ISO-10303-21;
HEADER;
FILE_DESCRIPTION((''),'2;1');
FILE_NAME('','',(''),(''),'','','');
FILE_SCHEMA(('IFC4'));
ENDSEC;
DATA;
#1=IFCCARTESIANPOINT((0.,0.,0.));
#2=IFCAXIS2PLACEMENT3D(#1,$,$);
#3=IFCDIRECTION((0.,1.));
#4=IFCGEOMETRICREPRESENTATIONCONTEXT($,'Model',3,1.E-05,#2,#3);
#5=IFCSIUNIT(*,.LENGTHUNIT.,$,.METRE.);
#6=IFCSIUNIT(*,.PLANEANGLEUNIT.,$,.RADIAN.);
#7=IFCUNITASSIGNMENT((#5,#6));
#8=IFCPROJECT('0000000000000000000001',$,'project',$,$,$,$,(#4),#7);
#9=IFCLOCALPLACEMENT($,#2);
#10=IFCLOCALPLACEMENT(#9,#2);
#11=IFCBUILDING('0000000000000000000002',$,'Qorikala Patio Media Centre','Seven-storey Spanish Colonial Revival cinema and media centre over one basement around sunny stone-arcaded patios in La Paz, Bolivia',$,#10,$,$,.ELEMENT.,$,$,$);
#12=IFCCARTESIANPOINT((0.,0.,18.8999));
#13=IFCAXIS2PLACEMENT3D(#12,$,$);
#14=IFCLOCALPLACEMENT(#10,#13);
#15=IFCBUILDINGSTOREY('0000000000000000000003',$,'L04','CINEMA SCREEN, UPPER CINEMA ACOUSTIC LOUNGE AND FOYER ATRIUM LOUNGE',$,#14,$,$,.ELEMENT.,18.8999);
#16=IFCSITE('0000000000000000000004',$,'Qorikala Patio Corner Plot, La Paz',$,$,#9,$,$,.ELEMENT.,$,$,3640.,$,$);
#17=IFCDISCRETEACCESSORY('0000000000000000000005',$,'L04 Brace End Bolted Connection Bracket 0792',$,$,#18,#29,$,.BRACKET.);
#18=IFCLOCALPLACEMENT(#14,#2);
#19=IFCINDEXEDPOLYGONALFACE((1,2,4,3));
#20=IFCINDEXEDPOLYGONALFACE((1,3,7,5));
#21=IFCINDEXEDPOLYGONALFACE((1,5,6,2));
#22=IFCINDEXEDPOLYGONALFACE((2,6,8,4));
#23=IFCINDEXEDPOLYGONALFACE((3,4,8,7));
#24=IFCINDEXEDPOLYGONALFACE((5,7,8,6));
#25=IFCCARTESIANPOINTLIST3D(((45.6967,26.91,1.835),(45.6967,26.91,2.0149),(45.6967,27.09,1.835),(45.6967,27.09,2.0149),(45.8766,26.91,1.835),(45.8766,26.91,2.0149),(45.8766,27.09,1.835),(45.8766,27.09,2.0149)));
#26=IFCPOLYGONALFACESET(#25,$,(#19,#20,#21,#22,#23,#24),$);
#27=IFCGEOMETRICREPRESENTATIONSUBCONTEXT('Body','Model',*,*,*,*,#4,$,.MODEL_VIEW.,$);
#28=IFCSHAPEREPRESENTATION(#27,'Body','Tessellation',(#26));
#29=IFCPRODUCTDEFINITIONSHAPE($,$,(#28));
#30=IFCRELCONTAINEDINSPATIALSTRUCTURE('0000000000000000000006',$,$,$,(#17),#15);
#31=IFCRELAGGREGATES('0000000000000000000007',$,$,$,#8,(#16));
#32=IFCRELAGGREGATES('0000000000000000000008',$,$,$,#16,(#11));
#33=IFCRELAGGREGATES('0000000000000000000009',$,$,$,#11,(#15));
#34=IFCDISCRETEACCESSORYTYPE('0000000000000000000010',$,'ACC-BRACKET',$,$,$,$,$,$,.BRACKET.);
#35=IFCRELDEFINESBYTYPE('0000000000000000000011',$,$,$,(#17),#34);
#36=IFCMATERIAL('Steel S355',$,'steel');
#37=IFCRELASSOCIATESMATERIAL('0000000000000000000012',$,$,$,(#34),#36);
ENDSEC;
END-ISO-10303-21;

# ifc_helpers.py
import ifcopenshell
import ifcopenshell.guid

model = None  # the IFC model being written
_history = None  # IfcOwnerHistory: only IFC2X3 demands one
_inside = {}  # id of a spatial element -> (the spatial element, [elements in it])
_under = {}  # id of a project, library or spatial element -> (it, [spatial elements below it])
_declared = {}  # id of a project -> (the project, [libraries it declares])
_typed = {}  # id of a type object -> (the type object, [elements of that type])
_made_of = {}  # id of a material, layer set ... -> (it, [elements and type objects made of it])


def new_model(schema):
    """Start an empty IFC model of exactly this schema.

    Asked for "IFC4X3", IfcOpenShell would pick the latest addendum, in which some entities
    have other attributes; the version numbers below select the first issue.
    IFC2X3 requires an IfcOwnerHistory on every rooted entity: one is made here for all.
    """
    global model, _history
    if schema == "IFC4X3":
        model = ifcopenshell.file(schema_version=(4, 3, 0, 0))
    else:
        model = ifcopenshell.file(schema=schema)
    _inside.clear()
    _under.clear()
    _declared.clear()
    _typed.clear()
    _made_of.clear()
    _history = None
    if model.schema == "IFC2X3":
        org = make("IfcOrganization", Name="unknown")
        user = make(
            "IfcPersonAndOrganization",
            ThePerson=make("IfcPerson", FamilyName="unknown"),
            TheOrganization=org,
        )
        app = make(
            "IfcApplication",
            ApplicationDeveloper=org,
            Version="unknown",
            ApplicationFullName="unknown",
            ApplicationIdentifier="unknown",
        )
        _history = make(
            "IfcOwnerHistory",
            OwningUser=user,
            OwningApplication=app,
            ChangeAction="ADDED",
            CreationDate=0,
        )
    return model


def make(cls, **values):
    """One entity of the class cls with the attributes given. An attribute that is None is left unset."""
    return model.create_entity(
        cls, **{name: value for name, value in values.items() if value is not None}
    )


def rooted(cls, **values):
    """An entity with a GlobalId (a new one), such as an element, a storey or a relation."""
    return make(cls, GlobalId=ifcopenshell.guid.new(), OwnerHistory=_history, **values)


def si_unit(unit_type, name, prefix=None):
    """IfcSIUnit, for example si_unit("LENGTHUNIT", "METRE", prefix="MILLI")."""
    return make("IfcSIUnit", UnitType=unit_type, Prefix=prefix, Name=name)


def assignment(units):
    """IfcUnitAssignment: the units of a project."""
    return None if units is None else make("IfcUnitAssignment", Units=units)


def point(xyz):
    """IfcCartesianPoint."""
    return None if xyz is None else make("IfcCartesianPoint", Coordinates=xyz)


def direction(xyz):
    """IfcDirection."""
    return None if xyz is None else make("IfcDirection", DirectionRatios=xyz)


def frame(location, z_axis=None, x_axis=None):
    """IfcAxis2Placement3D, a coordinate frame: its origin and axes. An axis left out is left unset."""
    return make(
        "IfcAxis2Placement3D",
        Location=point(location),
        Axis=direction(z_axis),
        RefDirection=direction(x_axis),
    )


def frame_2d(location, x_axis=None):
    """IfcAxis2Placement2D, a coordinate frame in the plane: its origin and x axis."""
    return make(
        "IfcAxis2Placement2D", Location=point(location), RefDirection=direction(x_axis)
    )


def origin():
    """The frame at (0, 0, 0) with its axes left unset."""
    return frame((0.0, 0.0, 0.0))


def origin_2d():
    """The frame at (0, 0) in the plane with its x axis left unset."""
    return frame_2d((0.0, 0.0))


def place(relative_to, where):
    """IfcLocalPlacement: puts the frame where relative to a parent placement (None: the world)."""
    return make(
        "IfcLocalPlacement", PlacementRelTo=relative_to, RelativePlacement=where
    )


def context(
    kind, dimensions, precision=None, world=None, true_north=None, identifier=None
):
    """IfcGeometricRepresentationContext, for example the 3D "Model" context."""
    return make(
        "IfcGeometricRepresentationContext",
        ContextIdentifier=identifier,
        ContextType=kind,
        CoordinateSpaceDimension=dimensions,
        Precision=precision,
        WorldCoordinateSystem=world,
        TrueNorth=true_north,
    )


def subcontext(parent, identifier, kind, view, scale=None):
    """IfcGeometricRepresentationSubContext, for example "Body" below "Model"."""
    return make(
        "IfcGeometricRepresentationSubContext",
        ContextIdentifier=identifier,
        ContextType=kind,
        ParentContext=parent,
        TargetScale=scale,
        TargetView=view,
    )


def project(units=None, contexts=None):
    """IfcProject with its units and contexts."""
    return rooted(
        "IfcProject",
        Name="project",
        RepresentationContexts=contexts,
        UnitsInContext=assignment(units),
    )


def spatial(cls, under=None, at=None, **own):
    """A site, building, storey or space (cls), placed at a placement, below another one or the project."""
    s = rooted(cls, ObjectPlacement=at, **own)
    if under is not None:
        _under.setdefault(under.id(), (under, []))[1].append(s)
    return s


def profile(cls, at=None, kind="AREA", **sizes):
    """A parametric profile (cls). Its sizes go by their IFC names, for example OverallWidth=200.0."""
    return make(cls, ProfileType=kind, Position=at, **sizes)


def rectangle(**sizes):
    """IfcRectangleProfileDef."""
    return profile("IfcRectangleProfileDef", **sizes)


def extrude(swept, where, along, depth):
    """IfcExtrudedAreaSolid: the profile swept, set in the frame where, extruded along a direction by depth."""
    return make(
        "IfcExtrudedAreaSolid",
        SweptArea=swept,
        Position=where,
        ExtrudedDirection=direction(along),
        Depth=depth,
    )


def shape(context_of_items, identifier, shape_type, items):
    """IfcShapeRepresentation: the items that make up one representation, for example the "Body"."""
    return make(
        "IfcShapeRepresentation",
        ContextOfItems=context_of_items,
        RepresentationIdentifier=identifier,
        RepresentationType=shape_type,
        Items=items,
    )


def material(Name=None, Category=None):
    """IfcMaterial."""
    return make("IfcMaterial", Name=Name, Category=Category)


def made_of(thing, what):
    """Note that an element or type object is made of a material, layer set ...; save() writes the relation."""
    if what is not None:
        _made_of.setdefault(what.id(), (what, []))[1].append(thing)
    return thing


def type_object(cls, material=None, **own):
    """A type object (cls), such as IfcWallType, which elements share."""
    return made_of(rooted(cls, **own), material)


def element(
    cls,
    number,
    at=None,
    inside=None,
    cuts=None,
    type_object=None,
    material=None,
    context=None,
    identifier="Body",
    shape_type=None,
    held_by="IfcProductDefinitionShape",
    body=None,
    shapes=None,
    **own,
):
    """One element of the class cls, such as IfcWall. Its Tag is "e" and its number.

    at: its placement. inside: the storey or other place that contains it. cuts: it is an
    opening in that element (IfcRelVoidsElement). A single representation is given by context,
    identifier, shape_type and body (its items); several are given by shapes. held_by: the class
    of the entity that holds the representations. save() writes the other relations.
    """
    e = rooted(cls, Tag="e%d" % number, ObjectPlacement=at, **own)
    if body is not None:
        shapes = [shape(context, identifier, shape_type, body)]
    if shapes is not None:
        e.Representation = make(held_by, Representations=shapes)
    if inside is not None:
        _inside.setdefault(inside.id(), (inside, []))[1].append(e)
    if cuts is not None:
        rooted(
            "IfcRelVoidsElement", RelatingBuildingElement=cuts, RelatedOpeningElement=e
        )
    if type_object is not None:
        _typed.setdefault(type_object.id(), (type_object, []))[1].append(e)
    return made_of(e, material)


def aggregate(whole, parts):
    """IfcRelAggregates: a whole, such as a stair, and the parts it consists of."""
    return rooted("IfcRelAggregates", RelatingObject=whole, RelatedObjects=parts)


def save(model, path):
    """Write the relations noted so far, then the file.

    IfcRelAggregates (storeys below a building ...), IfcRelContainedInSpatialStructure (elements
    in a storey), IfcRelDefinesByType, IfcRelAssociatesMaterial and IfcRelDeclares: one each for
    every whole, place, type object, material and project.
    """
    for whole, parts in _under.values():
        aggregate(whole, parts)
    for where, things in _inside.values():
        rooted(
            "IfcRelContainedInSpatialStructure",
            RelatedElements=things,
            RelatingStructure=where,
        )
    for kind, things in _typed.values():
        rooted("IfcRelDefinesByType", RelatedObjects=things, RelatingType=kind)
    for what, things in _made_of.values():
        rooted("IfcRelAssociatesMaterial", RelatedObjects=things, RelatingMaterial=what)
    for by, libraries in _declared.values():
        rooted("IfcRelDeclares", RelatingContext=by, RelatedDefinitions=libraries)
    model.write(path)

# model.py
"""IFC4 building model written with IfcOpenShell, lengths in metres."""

from ifc_helpers import new_model, si_unit, direction, frame, origin, origin_2d, place, context, subcontext, project, spatial, rectangle, extrude, material, type_object, element, save


model = new_model("IFC4")

# Units and contexts
model_context = context("Model", 3, precision=1e-05, world=origin(), true_north=direction((0.0, 1.0)))
body_context = subcontext(model_context, "Body", "Model", "MODEL_VIEW")
ifc_project = project(units=[si_unit("LENGTHUNIT", "METRE"), si_unit("PLANEANGLEUNIT", "RADIAN")], contexts=[model_context])

# Site, building, storey
site_placement = place(None, origin())
site = spatial("IfcSite", under=ifc_project, at=site_placement, Name="Qorikala Patio Corner Plot, La Paz", CompositionType="ELEMENT", RefElevation=3640.0)
building_placement = place(site_placement, origin())
building = spatial("IfcBuilding", under=site, at=building_placement, Name="Qorikala Patio Media Centre", Description="Seven-storey Spanish Colonial Revival cinema and media centre over one basement around sunny stone-arcaded patios in La Paz, Bolivia", CompositionType="ELEMENT")
storey_placement = place(building_placement, frame((0.0, 0.0, 18.8999)))
storey = spatial("IfcBuildingStorey", under=building, at=storey_placement, Name="L04", Description="CINEMA SCREEN, UPPER CINEMA ACOUSTIC LOUNGE AND FOYER ATRIUM LOUNGE", CompositionType="ELEMENT", Elevation=18.8999)

# Discrete accessory
ifc_material_1 = material(Name="Steel S355", Category="steel")
discrete_accessory_type = type_object("IfcDiscreteAccessoryType", Name="ACC-BRACKET", PredefinedType="BRACKET", material=ifc_material_1)
for number, where, z_axis, x_axis, name in (
    (1, (45.7866, 27.0, 1.835), (0.0, 0.0, 1.0), (1.0, 0.0, 0.0), "L04 Brace End Bolted Connection Bracket 0792"),
):
    element("IfcDiscreteAccessory", number, at=place(storey_placement, frame(where, z_axis=z_axis, x_axis=x_axis)), inside=storey, type_object=discrete_accessory_type, Name=name, PredefinedType="BRACKET", context=body_context, shape_type="SweptSolid", body=[
        extrude(rectangle(XDim=0.1799, YDim=0.1799, at=origin_2d()), origin(), (0.0, 0.0, 1.0), 0.1799),
    ])

save(model, "model.ifc")
